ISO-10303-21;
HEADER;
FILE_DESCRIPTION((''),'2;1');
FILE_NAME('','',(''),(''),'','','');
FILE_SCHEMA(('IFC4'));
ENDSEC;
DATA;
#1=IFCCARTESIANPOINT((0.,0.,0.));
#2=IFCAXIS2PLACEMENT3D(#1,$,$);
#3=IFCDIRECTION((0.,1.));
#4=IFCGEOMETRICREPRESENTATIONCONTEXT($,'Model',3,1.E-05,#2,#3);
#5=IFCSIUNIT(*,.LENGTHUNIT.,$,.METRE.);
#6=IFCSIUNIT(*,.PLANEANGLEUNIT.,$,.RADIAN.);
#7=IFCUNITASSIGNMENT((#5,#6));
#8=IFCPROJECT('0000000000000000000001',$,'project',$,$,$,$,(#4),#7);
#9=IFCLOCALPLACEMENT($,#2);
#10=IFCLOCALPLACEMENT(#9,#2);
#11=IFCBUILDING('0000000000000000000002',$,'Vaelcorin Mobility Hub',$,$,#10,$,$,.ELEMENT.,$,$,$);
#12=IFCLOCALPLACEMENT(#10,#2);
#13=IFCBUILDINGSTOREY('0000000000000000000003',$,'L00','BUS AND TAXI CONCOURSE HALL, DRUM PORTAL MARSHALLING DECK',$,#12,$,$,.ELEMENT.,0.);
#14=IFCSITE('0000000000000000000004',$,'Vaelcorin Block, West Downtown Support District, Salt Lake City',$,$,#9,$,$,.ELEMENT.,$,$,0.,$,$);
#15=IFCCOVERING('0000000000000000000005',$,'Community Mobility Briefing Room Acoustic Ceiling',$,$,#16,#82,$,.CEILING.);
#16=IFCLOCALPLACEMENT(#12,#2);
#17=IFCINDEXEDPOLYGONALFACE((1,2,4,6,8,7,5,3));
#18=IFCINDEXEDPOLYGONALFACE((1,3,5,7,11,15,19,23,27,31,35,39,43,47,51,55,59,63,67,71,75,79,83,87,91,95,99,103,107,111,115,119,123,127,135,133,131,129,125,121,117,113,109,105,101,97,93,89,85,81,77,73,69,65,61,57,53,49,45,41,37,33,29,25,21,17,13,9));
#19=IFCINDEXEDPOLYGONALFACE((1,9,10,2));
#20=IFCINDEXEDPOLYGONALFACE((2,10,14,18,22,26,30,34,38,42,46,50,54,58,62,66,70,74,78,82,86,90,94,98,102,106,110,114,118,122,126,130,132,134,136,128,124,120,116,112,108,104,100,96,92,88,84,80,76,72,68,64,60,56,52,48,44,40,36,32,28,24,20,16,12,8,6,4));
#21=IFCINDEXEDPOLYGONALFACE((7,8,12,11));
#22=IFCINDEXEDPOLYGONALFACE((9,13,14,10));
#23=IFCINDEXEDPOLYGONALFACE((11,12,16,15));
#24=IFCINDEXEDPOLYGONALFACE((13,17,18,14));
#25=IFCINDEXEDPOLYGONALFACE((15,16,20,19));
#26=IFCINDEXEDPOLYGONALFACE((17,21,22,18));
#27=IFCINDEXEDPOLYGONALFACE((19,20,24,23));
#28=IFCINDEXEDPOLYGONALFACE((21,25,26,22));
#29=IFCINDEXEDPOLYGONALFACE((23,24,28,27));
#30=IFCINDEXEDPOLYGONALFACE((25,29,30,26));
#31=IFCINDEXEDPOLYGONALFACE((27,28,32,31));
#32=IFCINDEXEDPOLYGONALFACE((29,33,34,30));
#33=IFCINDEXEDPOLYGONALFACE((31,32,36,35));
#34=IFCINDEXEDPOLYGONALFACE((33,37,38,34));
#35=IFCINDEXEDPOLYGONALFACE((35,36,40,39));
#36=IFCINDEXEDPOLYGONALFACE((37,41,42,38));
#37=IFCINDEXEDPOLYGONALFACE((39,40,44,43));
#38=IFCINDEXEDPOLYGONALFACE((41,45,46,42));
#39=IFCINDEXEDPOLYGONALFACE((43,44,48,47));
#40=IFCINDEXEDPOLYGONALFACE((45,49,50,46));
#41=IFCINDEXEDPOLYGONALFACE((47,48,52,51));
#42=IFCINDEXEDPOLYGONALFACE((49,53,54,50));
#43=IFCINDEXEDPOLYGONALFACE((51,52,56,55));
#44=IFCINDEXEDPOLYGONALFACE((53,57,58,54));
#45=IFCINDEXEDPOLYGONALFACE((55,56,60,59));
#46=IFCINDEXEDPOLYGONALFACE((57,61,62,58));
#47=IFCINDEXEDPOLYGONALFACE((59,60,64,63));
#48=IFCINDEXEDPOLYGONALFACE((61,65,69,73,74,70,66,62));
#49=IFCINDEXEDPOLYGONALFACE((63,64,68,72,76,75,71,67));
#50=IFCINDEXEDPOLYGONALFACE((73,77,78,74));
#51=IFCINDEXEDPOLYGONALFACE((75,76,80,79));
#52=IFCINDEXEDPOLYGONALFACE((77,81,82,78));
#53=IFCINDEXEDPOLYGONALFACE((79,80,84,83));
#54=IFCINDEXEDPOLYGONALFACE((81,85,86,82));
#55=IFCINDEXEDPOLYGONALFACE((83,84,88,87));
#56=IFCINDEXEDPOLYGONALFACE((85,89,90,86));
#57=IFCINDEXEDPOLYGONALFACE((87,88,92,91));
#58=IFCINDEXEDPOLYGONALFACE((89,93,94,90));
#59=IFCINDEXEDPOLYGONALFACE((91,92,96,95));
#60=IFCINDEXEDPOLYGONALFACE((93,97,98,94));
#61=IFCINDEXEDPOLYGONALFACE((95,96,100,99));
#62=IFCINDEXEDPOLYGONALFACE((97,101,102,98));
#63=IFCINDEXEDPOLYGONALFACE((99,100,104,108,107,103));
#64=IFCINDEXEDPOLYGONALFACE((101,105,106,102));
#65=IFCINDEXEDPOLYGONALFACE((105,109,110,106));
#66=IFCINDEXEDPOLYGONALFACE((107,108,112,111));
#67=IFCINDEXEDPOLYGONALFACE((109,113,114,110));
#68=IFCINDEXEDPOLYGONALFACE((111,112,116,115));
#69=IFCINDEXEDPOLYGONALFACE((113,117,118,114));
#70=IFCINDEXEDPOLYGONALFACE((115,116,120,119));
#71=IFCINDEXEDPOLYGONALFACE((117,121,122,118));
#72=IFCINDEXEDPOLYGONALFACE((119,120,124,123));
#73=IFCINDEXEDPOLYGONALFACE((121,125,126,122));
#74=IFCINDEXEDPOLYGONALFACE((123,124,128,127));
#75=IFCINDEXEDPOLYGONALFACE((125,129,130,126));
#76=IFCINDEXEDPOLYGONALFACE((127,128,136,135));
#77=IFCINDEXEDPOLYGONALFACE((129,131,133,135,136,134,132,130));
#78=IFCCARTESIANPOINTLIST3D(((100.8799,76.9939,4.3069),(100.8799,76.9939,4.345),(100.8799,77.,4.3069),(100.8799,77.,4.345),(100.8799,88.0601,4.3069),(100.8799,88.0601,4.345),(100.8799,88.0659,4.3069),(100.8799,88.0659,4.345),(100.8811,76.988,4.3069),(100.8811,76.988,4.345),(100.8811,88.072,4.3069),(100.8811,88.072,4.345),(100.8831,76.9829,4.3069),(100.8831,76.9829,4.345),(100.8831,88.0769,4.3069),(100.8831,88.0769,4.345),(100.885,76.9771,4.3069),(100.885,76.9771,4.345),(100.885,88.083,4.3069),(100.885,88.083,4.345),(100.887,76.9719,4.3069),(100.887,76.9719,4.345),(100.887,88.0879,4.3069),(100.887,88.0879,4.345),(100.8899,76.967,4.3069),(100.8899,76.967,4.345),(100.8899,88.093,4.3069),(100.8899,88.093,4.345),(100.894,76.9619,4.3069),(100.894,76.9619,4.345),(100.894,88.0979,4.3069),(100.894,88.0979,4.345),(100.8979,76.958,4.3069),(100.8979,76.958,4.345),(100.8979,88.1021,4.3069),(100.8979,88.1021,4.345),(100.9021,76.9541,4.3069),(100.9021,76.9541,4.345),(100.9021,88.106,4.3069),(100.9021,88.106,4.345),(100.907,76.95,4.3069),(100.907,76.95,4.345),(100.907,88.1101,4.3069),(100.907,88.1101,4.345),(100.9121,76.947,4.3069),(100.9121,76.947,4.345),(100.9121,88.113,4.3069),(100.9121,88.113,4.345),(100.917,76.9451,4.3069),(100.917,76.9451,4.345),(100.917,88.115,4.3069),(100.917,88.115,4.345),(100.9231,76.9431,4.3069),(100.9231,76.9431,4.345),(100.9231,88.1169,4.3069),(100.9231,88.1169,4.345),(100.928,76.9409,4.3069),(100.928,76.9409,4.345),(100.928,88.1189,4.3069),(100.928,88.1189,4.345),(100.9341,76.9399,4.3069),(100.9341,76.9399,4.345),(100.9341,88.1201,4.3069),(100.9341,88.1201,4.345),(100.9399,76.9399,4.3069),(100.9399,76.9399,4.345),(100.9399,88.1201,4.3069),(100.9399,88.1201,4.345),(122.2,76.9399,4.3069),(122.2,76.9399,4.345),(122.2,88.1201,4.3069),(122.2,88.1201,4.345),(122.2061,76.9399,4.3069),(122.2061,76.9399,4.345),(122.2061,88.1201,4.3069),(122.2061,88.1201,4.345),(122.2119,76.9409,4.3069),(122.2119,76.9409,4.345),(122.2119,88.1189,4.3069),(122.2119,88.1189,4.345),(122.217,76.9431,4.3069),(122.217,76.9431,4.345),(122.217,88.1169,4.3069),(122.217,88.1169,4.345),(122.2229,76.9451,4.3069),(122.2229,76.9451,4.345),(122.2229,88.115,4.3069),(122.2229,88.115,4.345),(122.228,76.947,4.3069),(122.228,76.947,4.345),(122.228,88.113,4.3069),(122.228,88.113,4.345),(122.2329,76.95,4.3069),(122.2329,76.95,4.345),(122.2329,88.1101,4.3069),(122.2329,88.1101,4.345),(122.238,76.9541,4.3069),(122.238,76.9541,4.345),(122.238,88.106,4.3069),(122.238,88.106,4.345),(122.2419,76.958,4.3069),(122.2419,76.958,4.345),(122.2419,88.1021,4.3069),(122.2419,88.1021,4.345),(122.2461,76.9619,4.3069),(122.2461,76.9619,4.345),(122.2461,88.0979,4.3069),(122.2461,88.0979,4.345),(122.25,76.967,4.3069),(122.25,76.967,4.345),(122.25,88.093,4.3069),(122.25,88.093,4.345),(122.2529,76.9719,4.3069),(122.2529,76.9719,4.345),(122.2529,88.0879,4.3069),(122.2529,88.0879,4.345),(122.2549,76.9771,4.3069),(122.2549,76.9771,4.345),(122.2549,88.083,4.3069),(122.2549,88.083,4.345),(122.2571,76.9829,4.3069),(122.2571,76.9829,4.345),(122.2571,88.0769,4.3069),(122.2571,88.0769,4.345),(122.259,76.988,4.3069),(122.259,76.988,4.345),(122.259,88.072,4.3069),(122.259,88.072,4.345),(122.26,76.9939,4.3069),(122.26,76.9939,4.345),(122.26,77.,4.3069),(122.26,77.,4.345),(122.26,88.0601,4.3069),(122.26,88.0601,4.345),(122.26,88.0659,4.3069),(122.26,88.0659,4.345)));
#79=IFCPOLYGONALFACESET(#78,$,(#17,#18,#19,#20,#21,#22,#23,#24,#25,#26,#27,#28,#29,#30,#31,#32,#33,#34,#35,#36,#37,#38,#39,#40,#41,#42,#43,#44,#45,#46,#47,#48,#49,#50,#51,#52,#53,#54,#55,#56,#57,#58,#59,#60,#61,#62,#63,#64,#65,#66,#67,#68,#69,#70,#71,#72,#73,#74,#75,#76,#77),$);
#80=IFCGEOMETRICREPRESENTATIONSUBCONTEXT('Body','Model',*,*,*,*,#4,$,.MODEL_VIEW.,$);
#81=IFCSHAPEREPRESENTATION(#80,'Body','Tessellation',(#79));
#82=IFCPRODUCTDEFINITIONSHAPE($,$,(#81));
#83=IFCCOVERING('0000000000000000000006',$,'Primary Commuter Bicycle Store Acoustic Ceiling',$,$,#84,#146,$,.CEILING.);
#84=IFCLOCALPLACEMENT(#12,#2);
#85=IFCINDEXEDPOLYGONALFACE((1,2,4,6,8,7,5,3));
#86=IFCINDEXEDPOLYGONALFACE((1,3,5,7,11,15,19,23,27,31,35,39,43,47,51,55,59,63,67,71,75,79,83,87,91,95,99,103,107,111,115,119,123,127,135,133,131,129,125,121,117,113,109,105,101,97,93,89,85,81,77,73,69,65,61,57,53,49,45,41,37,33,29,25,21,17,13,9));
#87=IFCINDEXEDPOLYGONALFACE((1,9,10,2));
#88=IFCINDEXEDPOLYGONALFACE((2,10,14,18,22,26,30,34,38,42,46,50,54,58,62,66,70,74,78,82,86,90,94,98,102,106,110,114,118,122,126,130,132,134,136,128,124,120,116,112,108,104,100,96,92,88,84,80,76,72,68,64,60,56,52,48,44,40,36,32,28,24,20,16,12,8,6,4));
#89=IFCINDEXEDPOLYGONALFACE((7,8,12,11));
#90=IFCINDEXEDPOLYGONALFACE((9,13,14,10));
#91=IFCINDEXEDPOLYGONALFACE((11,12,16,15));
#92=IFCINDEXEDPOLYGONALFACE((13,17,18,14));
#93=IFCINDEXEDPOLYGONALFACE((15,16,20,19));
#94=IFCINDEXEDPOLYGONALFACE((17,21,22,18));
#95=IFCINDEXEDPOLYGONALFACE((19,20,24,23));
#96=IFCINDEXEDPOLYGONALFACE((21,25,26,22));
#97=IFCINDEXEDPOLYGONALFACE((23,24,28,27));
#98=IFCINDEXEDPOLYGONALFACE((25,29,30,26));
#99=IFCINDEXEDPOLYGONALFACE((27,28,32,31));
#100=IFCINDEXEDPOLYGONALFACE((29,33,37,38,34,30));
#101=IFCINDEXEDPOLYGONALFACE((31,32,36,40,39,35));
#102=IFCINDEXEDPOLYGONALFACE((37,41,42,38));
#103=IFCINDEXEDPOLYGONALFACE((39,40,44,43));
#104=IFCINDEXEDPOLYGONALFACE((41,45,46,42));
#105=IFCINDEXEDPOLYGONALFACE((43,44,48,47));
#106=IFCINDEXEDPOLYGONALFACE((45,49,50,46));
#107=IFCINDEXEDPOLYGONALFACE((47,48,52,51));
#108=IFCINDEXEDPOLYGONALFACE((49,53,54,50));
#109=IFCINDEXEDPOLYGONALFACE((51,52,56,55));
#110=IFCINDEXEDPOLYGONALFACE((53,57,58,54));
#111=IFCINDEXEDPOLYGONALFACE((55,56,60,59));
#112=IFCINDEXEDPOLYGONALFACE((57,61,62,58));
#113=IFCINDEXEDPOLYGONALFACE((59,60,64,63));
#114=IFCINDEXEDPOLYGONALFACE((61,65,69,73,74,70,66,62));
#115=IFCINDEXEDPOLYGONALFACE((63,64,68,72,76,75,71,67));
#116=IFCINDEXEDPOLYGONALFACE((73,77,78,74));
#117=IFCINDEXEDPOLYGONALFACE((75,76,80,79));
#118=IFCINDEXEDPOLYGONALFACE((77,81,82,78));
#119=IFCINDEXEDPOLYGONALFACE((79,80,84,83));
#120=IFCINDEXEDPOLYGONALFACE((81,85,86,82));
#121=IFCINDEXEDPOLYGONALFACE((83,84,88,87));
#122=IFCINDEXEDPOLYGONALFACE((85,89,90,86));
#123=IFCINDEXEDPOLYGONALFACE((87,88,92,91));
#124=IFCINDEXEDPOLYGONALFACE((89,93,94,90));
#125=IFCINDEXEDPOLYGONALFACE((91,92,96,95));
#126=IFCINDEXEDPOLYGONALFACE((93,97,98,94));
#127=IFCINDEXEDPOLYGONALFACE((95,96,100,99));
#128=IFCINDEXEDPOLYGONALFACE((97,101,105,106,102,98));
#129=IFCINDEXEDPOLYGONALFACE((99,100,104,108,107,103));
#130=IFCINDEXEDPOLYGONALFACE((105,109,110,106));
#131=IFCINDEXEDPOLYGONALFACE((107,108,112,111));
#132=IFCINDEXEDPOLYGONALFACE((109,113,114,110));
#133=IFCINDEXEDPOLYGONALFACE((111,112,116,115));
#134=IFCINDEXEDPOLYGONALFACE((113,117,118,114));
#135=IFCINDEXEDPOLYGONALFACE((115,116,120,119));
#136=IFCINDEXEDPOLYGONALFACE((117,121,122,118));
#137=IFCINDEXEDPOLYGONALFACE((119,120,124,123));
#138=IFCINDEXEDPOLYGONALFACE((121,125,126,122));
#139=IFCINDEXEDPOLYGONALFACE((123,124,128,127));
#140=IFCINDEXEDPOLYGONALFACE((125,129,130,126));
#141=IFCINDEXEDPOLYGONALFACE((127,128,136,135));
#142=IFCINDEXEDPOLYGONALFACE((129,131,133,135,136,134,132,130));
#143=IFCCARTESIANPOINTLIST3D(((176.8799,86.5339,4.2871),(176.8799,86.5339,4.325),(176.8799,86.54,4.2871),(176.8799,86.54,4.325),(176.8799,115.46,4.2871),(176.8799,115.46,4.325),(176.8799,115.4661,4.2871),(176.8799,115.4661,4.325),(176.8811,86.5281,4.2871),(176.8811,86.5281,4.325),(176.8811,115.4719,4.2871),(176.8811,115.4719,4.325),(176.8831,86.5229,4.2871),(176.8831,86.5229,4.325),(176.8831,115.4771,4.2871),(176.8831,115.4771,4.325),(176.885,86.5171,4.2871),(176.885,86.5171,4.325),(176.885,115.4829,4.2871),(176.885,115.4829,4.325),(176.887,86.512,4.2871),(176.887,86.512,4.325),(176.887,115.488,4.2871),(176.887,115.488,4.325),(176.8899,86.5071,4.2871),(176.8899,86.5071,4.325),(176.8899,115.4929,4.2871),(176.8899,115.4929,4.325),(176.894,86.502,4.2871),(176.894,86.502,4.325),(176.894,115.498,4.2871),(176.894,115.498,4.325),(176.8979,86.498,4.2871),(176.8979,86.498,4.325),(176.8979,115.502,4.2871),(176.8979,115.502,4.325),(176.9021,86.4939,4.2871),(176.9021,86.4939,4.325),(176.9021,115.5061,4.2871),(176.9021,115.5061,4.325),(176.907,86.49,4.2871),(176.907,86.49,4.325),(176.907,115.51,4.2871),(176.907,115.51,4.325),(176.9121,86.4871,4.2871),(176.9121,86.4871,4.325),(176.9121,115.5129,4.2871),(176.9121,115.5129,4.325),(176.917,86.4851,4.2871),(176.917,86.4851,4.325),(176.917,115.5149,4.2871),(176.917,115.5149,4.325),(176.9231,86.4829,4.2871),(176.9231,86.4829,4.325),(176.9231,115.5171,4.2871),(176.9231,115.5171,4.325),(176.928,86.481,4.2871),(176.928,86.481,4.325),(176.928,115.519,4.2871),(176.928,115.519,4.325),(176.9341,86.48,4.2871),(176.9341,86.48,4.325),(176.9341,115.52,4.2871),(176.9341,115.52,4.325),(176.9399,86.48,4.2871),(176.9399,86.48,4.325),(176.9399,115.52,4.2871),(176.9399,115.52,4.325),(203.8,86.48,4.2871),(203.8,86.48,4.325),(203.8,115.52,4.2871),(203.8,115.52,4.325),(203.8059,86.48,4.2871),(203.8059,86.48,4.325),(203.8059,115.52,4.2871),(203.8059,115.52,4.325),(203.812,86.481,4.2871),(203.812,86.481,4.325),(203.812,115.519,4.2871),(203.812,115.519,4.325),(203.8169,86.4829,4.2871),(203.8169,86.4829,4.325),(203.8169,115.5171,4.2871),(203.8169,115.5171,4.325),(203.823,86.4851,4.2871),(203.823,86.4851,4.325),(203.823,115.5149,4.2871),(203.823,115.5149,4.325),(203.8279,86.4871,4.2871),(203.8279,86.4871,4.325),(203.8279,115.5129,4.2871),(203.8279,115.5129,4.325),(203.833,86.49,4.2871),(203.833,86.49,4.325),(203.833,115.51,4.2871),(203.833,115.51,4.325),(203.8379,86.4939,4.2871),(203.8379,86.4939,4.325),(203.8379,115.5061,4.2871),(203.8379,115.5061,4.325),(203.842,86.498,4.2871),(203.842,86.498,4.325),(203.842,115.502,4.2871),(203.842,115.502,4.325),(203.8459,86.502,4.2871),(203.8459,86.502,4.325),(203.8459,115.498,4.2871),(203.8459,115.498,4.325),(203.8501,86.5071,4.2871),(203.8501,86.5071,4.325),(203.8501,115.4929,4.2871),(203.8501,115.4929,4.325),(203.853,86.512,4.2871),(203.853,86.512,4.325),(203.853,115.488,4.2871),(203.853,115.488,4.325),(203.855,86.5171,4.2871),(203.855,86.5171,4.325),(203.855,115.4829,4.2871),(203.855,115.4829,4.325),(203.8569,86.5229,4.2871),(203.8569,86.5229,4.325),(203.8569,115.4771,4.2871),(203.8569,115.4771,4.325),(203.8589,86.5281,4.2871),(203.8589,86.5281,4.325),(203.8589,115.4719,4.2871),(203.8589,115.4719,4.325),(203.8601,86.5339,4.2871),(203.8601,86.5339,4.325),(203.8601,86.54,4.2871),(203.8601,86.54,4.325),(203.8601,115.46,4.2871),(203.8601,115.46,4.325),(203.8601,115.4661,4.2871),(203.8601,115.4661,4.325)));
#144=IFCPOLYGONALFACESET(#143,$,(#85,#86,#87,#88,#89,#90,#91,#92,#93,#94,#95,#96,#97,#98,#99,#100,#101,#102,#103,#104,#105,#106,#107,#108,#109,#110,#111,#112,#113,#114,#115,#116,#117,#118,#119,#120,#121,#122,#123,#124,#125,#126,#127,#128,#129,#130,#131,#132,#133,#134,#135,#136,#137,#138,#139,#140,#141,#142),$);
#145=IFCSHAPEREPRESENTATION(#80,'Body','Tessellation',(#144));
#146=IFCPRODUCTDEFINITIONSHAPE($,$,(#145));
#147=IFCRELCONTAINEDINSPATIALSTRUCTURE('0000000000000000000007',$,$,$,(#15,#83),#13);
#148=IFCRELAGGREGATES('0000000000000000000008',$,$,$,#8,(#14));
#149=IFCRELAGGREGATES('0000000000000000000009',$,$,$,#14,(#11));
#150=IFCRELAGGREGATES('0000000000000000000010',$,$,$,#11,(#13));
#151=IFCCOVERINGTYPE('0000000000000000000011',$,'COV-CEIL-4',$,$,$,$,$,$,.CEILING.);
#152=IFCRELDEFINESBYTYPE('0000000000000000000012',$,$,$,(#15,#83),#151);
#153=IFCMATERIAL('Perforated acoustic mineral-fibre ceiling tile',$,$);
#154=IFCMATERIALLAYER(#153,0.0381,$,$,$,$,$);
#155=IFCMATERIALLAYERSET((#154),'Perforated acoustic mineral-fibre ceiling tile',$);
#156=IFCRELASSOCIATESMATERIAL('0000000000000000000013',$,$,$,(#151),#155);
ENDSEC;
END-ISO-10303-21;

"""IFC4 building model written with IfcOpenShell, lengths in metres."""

from ifc_helpers import new_model, si_unit, direction, frame, origin, place, context, subcontext, project, spatial, polyline, outline, extrude, material, layer, layer_set, type_object, element, save


model = new_model("IFC4")

# Units and contexts
model_context = context("Model", 3, precision=1e-05, world=origin(), true_north=direction((0.0, 1.0)))
body_context = subcontext(model_context, "Body", "Model", "MODEL_VIEW")
ifc_project = project(units=[si_unit("LENGTHUNIT", "METRE"), si_unit("PLANEANGLEUNIT", "RADIAN")], contexts=[model_context])

# Site, building, storey
site_placement = place(None, origin())
site = spatial("IfcSite", under=ifc_project, at=site_placement, Name="Vaelcorin Block, West Downtown Support District, Salt Lake City", CompositionType="ELEMENT", RefElevation=0.0)
building_placement = place(site_placement, origin())
building = spatial("IfcBuilding", under=site, at=building_placement, Name="Vaelcorin Mobility Hub", CompositionType="ELEMENT")
storey_placement = place(building_placement, origin())
storey = spatial("IfcBuildingStorey", under=building, at=storey_placement, Name="L00", Description="BUS AND TAXI CONCOURSE HALL, DRUM PORTAL MARSHALLING DECK", CompositionType="ELEMENT", Elevation=0.0)

# Coverings
ifc_material_1 = material(Name="Perforated acoustic mineral-fibre ceiling tile")
ifc_layer_1 = layer(ifc_material_1, 0.0381)
ifc_layer_set_1 = layer_set([ifc_layer_1], Name="Perforated acoustic mineral-fibre ceiling tile")
covering_type_1 = type_object("IfcCoveringType", Name="COV-CEIL-4", PredefinedType="CEILING", material=ifc_layer_set_1)
covering_1_placement = place(storey_placement, frame((0.0, 0.0, 4.3069)))
element("IfcCovering", 1, at=covering_1_placement, inside=storey, type_object=covering_type_1, Name="Community Mobility Briefing Room Acoustic Ceiling", PredefinedType="CEILING", context=body_context, shape_type="SweptSolid", body=[
    extrude(outline(polyline([(100.9399, 76.9399), (100.9341, 76.9399), (100.928, 76.9409), (100.9231, 76.9431), (100.917, 76.9451), (100.9121, 76.947), (100.907, 76.95), (100.9021, 76.9541), (100.8979, 76.958), (100.894, 76.9619), (100.8899, 76.967), (100.887, 76.9719), (100.885, 76.9771), (100.8831, 76.9829), (100.8811, 76.988), (100.8799, 76.9939), (100.8799, 77.0), (100.8799, 88.0601), (100.8799, 88.0659), (100.8811, 88.072), (100.8831, 88.0769), (100.885, 88.083), (100.887, 88.0879), (100.8899, 88.093), (100.894, 88.0979), (100.8979, 88.1021), (100.9021, 88.106), (100.907, 88.1101), (100.9121, 88.113), (100.917, 88.115), (100.9231, 88.1169), (100.928, 88.1189), (100.9341, 88.1201), (100.9399, 88.1201), (122.2, 88.1201), (122.2061, 88.1201), (122.2119, 88.1189), (122.217, 88.1169), (122.2229, 88.115), (122.228, 88.113), (122.2329, 88.1101), (122.238, 88.106), (122.2419, 88.1021), (122.2461, 88.0979), (122.25, 88.093), (122.2529, 88.0879), (122.2549, 88.083), (122.2571, 88.0769), (122.259, 88.072), (122.26, 88.0659), (122.26, 88.0601), (122.26, 77.0), (122.26, 76.9939), (122.259, 76.988), (122.2571, 76.9829), (122.2549, 76.9771), (122.2529, 76.9719), (122.25, 76.967), (122.2461, 76.9619), (122.2419, 76.958), (122.238, 76.9541), (122.2329, 76.95), (122.228, 76.947), (122.2229, 76.9451), (122.217, 76.9431), (122.2119, 76.9409), (122.2061, 76.9399), (122.2, 76.9399), (100.9399, 76.9399)])), origin(), (0.0, 0.0, 1.0), 0.0381),
])
covering_2_placement = place(storey_placement, frame((0.0, 0.0, 4.2871)))
element("IfcCovering", 2, at=covering_2_placement, inside=storey, type_object=covering_type_1, Name="Primary Commuter Bicycle Store Acoustic Ceiling", PredefinedType="CEILING", context=body_context, shape_type="SweptSolid", body=[
    extrude(outline(polyline([(176.9399, 86.48), (176.9341, 86.48), (176.928, 86.481), (176.9231, 86.4829), (176.917, 86.4851), (176.9121, 86.4871), (176.907, 86.49), (176.9021, 86.4939), (176.8979, 86.498), (176.894, 86.502), (176.8899, 86.5071), (176.887, 86.512), (176.885, 86.5171), (176.8831, 86.5229), (176.8811, 86.5281), (176.8799, 86.5339), (176.8799, 86.54), (176.8799, 115.46), (176.8799, 115.4661), (176.8811, 115.4719), (176.8831, 115.4771), (176.885, 115.4829), (176.887, 115.488), (176.8899, 115.4929), (176.894, 115.498), (176.8979, 115.502), (176.9021, 115.5061), (176.907, 115.51), (176.9121, 115.5129), (176.917, 115.5149), (176.9231, 115.5171), (176.928, 115.519), (176.9341, 115.52), (176.9399, 115.52), (203.8, 115.52), (203.8059, 115.52), (203.812, 115.519), (203.8169, 115.5171), (203.823, 115.5149), (203.8279, 115.5129), (203.833, 115.51), (203.8379, 115.5061), (203.842, 115.502), (203.8459, 115.498), (203.8501, 115.4929), (203.853, 115.488), (203.855, 115.4829), (203.8569, 115.4771), (203.8589, 115.4719), (203.8601, 115.4661), (203.8601, 115.46), (203.8601, 86.54), (203.8601, 86.5339), (203.8589, 86.5281), (203.8569, 86.5229), (203.855, 86.5171), (203.853, 86.512), (203.8501, 86.5071), (203.8459, 86.502), (203.842, 86.498), (203.8379, 86.4939), (203.833, 86.49), (203.8279, 86.4871), (203.823, 86.4851), (203.8169, 86.4829), (203.812, 86.481), (203.8059, 86.48), (203.8, 86.48), (176.9399, 86.48)])), origin(), (0.0, 0.0, 1.0), 0.0378),
])

save(model, "model.ifc")
